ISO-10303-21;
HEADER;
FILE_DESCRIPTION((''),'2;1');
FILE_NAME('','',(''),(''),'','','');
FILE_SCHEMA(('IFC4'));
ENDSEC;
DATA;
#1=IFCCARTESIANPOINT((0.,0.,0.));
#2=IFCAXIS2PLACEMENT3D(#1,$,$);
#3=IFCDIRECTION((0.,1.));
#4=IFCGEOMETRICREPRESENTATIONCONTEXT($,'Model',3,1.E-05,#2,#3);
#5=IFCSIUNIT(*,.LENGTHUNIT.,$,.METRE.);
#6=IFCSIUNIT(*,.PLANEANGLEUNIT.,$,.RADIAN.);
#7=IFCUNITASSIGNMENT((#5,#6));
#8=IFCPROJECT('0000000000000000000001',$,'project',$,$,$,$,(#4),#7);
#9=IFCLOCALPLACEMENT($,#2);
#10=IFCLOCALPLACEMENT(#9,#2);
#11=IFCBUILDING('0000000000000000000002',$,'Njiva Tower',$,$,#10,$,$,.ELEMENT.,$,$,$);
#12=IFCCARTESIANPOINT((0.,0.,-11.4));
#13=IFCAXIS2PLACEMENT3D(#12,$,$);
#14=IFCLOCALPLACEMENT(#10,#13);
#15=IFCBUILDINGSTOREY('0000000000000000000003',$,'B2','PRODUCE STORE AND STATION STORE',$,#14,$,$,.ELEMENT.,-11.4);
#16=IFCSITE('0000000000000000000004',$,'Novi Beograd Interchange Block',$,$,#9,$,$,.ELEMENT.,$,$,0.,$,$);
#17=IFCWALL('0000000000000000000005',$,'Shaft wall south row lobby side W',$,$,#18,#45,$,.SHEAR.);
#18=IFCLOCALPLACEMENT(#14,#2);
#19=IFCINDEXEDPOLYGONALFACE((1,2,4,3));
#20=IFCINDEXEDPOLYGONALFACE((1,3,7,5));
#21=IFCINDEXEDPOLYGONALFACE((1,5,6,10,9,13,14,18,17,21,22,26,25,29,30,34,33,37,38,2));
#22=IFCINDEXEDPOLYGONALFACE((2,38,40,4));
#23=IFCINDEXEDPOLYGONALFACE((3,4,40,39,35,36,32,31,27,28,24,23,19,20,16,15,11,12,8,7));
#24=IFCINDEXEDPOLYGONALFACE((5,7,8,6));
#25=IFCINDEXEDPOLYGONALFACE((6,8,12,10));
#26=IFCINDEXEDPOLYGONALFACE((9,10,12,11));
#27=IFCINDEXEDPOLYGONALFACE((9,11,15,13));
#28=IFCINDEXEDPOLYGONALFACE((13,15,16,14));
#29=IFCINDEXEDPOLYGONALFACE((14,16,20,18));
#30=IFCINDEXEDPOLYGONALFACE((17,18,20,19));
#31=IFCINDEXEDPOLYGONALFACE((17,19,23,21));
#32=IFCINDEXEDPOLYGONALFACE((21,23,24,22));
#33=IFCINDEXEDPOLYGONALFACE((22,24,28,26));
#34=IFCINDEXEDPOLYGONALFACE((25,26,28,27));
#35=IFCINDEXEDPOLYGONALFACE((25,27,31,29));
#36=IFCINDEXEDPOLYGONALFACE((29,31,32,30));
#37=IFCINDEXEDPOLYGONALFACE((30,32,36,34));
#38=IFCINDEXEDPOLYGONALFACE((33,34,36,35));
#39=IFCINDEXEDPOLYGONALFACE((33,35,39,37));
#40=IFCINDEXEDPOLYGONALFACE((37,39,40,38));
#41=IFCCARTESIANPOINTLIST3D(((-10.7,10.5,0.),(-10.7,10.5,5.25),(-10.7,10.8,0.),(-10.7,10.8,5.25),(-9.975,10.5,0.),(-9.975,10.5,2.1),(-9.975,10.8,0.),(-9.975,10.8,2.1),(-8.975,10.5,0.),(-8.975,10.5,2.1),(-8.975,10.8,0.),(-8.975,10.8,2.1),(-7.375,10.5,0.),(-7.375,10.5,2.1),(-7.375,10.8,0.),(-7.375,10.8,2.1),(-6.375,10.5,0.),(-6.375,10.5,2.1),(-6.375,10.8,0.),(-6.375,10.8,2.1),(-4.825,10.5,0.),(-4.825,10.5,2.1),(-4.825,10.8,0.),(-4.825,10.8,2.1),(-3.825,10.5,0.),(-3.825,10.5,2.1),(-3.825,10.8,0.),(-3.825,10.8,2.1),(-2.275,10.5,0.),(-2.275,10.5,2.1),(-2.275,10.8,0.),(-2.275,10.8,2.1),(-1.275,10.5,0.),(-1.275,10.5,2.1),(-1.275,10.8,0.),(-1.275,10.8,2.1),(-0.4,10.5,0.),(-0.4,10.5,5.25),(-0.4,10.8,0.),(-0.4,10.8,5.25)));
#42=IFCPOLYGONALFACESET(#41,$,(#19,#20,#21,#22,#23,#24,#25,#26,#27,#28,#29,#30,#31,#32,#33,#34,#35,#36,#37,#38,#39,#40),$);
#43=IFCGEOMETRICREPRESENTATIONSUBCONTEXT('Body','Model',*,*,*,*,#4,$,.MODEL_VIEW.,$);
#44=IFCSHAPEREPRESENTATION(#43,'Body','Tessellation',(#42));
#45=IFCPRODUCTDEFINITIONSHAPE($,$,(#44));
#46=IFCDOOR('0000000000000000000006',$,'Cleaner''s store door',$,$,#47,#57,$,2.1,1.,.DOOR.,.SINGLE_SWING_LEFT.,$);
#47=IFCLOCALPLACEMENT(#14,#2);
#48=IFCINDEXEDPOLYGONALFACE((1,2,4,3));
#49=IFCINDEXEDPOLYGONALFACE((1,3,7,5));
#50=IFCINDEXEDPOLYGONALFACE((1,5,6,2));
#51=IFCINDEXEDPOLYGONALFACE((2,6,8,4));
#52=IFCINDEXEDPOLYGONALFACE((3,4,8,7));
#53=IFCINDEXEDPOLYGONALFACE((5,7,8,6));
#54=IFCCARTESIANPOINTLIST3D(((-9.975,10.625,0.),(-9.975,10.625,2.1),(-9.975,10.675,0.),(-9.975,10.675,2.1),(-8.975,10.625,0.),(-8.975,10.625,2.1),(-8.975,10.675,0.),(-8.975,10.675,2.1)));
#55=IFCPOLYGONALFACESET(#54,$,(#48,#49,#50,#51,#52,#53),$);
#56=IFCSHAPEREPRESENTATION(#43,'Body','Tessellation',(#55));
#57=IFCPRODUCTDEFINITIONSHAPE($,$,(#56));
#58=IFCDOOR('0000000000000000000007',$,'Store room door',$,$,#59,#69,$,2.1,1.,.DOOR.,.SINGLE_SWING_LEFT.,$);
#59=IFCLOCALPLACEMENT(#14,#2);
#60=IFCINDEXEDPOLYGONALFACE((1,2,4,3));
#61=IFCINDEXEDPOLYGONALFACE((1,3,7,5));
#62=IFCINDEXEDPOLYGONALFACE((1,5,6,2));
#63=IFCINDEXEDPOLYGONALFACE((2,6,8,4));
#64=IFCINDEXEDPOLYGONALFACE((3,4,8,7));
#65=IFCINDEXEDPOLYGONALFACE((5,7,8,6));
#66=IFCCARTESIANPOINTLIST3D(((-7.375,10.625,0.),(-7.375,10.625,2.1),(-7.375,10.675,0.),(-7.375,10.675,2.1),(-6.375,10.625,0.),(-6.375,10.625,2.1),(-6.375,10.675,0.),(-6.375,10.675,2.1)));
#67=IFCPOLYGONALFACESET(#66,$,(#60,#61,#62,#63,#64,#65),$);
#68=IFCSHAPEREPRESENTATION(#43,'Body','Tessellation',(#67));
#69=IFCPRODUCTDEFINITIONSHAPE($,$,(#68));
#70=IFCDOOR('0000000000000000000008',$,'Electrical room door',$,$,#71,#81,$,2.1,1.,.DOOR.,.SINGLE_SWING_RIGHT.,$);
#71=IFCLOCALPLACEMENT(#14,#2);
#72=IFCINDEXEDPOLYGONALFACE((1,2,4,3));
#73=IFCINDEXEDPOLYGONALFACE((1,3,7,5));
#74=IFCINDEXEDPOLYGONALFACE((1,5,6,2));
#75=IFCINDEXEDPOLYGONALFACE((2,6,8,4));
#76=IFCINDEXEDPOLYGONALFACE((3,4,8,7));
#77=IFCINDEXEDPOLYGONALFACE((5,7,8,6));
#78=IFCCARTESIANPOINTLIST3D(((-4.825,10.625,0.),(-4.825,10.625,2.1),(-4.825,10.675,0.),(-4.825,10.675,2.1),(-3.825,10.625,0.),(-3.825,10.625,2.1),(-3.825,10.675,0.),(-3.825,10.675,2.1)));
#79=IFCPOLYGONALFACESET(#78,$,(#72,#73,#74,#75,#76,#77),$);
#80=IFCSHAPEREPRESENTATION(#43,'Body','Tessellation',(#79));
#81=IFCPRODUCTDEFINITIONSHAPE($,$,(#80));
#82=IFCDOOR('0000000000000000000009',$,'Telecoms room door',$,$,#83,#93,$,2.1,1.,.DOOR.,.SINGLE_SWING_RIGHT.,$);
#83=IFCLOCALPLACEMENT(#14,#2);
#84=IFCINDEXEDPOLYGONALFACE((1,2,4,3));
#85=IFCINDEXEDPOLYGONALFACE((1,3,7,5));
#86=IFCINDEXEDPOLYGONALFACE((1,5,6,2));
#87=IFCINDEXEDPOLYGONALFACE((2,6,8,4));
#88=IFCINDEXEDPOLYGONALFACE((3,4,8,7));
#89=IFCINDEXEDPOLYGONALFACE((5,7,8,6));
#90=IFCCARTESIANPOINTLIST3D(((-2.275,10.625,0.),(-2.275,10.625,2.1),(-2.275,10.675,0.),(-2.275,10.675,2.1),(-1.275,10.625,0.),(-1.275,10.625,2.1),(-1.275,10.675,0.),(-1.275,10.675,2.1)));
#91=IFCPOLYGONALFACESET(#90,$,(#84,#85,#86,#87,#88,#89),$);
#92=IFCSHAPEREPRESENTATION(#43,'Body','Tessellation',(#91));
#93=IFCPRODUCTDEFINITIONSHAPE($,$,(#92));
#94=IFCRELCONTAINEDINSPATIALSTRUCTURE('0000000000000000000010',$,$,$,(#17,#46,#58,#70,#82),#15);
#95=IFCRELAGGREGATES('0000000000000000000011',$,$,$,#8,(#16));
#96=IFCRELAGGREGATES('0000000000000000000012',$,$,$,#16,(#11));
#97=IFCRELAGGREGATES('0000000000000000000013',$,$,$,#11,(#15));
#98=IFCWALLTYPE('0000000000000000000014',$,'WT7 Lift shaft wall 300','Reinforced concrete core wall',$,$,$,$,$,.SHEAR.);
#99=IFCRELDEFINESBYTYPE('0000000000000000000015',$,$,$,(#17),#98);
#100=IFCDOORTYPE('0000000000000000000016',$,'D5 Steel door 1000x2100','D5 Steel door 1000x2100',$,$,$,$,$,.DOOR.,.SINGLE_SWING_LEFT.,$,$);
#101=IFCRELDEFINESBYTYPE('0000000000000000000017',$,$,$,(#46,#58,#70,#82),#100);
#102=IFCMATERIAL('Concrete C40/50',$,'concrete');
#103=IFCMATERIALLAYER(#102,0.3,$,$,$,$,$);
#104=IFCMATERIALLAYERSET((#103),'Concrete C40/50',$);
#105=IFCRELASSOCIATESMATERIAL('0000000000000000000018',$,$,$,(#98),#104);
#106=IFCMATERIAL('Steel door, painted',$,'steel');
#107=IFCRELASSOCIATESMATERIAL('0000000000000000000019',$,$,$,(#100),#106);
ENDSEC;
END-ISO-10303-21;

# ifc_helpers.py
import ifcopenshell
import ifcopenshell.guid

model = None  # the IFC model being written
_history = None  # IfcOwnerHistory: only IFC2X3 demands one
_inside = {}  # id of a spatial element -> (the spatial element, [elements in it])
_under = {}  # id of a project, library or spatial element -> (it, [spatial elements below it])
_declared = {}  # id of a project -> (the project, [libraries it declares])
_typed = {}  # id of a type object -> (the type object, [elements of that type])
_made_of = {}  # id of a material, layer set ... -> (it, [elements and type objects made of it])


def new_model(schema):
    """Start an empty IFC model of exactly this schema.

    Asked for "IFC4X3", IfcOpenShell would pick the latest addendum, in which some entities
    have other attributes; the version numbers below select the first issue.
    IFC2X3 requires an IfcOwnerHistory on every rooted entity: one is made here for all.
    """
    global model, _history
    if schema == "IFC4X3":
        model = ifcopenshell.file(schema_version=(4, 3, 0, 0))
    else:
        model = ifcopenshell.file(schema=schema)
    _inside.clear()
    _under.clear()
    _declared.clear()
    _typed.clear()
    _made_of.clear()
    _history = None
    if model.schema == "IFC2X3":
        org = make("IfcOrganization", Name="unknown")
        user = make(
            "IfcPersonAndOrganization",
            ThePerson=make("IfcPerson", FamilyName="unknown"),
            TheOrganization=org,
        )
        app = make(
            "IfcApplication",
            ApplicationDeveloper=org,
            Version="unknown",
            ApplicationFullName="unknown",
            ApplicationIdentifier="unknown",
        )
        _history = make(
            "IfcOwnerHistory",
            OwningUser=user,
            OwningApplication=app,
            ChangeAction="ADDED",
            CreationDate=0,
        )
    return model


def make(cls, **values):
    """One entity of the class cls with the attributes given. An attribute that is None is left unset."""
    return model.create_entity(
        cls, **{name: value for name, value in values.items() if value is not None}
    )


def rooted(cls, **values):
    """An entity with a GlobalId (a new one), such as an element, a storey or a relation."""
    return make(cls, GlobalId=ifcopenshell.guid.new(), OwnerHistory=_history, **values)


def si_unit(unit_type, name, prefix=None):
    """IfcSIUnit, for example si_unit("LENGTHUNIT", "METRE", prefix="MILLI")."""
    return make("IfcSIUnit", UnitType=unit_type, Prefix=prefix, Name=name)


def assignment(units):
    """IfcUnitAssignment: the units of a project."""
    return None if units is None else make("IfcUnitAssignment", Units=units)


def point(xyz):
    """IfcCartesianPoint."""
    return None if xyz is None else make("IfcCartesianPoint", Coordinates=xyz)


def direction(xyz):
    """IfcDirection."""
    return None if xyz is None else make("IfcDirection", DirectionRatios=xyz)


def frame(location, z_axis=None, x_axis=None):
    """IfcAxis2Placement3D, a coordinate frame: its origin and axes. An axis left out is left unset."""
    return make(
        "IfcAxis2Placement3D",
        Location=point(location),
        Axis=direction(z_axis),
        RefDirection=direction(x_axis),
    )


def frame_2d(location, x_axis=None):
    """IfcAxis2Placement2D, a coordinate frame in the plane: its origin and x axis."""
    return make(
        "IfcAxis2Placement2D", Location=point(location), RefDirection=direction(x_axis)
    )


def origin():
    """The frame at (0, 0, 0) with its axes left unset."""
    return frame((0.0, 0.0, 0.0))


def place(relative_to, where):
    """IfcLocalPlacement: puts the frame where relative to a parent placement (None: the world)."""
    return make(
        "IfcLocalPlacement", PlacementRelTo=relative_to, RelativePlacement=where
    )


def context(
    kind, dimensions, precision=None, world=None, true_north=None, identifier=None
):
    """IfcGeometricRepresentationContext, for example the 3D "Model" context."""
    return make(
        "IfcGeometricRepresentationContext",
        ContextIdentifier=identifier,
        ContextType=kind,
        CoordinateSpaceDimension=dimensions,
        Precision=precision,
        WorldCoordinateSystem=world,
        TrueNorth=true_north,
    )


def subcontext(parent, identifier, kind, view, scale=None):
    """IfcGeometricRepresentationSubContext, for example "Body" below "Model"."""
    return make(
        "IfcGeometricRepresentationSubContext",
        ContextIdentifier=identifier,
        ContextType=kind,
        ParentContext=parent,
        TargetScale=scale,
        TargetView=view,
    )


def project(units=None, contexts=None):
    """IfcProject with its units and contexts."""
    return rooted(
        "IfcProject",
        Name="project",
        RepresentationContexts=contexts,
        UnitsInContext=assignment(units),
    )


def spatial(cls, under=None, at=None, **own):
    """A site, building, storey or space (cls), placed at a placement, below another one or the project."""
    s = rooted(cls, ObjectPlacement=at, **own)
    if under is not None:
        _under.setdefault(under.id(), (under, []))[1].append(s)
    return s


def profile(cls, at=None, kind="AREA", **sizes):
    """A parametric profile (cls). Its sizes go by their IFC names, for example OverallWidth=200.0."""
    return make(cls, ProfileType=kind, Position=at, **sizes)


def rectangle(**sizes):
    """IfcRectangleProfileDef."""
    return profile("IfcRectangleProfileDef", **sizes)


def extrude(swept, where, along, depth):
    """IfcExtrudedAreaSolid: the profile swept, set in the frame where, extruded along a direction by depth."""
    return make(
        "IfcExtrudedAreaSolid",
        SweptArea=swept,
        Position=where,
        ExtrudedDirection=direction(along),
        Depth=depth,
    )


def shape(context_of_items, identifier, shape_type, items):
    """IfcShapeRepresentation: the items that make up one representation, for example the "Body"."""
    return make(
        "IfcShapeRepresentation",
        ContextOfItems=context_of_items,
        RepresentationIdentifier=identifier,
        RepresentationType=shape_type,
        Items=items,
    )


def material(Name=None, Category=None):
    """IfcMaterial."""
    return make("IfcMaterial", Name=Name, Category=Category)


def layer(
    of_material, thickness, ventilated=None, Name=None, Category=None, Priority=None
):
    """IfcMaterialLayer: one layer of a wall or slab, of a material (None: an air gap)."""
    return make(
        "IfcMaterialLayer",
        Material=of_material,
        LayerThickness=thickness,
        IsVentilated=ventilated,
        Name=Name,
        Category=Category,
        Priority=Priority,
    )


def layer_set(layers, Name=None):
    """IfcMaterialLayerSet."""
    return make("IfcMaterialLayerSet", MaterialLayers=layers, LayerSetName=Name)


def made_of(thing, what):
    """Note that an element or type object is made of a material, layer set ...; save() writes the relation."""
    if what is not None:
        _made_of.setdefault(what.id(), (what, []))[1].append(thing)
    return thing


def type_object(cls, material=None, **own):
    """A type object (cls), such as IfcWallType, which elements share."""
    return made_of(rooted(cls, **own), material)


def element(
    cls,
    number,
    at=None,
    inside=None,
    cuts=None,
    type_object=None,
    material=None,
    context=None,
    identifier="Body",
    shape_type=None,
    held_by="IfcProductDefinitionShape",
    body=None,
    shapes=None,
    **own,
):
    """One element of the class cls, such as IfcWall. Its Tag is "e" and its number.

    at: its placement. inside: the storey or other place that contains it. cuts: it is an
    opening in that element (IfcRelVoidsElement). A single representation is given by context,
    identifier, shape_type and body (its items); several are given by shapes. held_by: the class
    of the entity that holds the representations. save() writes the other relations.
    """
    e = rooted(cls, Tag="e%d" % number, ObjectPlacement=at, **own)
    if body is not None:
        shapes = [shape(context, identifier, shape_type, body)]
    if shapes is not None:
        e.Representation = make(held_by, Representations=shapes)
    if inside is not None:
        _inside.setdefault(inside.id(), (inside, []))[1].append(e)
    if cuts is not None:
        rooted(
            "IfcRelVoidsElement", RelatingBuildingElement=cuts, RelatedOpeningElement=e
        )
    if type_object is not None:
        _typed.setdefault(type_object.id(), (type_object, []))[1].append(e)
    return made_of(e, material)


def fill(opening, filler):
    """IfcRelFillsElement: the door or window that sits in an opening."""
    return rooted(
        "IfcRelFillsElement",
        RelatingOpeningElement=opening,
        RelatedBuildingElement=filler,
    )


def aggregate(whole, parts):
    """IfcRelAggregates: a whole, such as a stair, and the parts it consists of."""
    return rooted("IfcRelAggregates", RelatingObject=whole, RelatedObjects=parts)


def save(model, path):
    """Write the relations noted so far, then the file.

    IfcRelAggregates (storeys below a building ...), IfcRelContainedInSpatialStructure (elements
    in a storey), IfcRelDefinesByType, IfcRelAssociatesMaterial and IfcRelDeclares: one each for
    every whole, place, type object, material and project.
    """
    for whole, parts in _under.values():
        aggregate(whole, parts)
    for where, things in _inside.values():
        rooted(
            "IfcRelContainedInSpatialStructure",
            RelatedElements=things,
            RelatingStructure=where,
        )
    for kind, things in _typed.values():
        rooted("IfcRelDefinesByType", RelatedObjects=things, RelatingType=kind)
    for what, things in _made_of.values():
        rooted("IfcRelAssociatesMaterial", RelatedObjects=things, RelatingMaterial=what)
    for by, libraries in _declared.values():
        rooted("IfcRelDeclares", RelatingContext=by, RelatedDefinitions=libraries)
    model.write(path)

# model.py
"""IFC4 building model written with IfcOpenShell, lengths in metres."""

from ifc_helpers import new_model, si_unit, direction, frame, frame_2d, origin, place, context, subcontext, project, spatial, rectangle, extrude, material, layer, layer_set, type_object, element, fill, save


model = new_model("IFC4")

# Units and contexts
model_context = context("Model", 3, precision=1e-05, world=origin(), true_north=direction((0.0, 1.0)))
body_context = subcontext(model_context, "Body", "Model", "MODEL_VIEW")
ifc_project = project(units=[si_unit("LENGTHUNIT", "METRE"), si_unit("PLANEANGLEUNIT", "RADIAN")], contexts=[model_context])

# Site, building, storey
site_placement = place(None, origin())
site = spatial("IfcSite", under=ifc_project, at=site_placement, Name="Novi Beograd Interchange Block", CompositionType="ELEMENT", RefElevation=0.0)
building_placement = place(site_placement, origin())
building = spatial("IfcBuilding", under=site, at=building_placement, Name="Njiva Tower", CompositionType="ELEMENT")
storey_placement = place(building_placement, frame((0.0, 0.0, -11.4)))
storey = spatial("IfcBuildingStorey", under=building, at=storey_placement, Name="B2", Description="PRODUCE STORE AND STATION STORE", CompositionType="ELEMENT", Elevation=-11.4)

# Shared definitions
ifc_material_1 = material(Name="Concrete C40/50", Category="concrete")

# Wall, openings, doors
ifc_layer_1 = layer(ifc_material_1, 0.3)
ifc_layer_set_1 = layer_set([ifc_layer_1], Name="Concrete C40/50")
wall_type_1 = type_object("IfcWallType", Name="WT7 Lift shaft wall 300", Description="Reinforced concrete core wall", PredefinedType="SHEAR", material=ifc_layer_set_1)
ifc_material_2 = material(Name="Steel door, painted", Category="steel")
door_type_1 = type_object("IfcDoorType", Name="D5 Steel door 1000x2100", Description="D5 Steel door 1000x2100", OperationType="SINGLE_SWING_LEFT", PredefinedType="DOOR", material=ifc_material_2)
wall_1_placement = place(storey_placement, frame((-10.7, 10.65, 0.0), z_axis=(0.0, 0.0, 1.0), x_axis=(1.0, 0.0, 0.0)))
wall_1 = element("IfcWall", 1, at=wall_1_placement, inside=storey, type_object=wall_type_1, Name="Shaft wall south row lobby side W", PredefinedType="SHEAR", context=body_context, shape_type="SweptSolid", body=[
    extrude(rectangle(XDim=10.3, YDim=0.3, at=frame_2d((5.15, 0.0))), origin(), (0.0, 0.0, 1.0), 5.25),
])
opening_1_placement = place(wall_1_placement, frame((0.725, 0.0, 0.0)))
opening_1 = element("IfcOpeningElement", 2, at=opening_1_placement, cuts=wall_1, PredefinedType="OPENING", context=body_context, shape_type="SweptSolid", body=[
    extrude(rectangle(XDim=1.0, YDim=2.1, at=frame_2d((0.5, 1.05))), frame((0.0, 0.16, 0.0), z_axis=(0.0, -1.0, 0.0), x_axis=(1.0, 0.0, 0.0)), (0.0, 0.0, 1.0), 0.32),
])
opening_2_placement = place(wall_1_placement, frame((3.325, 0.0, 0.0)))
opening_2 = element("IfcOpeningElement", 3, at=opening_2_placement, cuts=wall_1, PredefinedType="OPENING", context=body_context, shape_type="SweptSolid", body=[
    extrude(rectangle(XDim=1.0, YDim=2.1, at=frame_2d((0.5, 1.05))), frame((0.0, 0.16, 0.0), z_axis=(0.0, -1.0, 0.0), x_axis=(1.0, 0.0, 0.0)), (0.0, 0.0, 1.0), 0.32),
])
opening_3_placement = place(wall_1_placement, frame((5.875, 0.0, 0.0)))
opening_3 = element("IfcOpeningElement", 4, at=opening_3_placement, cuts=wall_1, PredefinedType="OPENING", context=body_context, shape_type="SweptSolid", body=[
    extrude(rectangle(XDim=1.0, YDim=2.1, at=frame_2d((0.5, 1.05))), frame((0.0, 0.16, 0.0), z_axis=(0.0, -1.0, 0.0), x_axis=(1.0, 0.0, 0.0)), (0.0, 0.0, 1.0), 0.32),
])
opening_4_placement = place(wall_1_placement, frame((8.425, 0.0, 0.0)))
opening_4 = element("IfcOpeningElement", 5, at=opening_4_placement, cuts=wall_1, PredefinedType="OPENING", context=body_context, shape_type="SweptSolid", body=[
    extrude(rectangle(XDim=1.0, YDim=2.1, at=frame_2d((0.5, 1.05))), frame((0.0, 0.16, 0.0), z_axis=(0.0, -1.0, 0.0), x_axis=(1.0, 0.0, 0.0)), (0.0, 0.0, 1.0), 0.32),
])
door_1_placement = place(opening_1_placement, origin())
door_1 = element("IfcDoor", 6, at=door_1_placement, inside=storey, type_object=door_type_1, Name="Cleaner's store door", OperationType="SINGLE_SWING_LEFT", OverallHeight=2.1, OverallWidth=1.0, PredefinedType="DOOR", context=body_context, shape_type="SweptSolid", body=[
    extrude(rectangle(XDim=1.0, YDim=2.1, at=frame_2d((0.5, 1.05))), frame((0.0, 0.025, 0.0), z_axis=(0.0, -1.0, 0.0), x_axis=(1.0, 0.0, 0.0)), (0.0, 0.0, 1.0), 0.05),
])
fill(opening_1, door_1)
door_2_placement = place(opening_2_placement, origin())
door_2 = element("IfcDoor", 7, at=door_2_placement, inside=storey, type_object=door_type_1, Name="Store room door", OperationType="SINGLE_SWING_LEFT", OverallHeight=2.1, OverallWidth=1.0, PredefinedType="DOOR", context=body_context, shape_type="SweptSolid", body=[
    extrude(rectangle(XDim=1.0, YDim=2.1, at=frame_2d((0.5, 1.05))), frame((0.0, 0.025, 0.0), z_axis=(0.0, -1.0, 0.0), x_axis=(1.0, 0.0, 0.0)), (0.0, 0.0, 1.0), 0.05),
])
fill(opening_2, door_2)
door_3_placement = place(opening_3_placement, origin())
door_3 = element("IfcDoor", 8, at=door_3_placement, inside=storey, type_object=door_type_1, Name="Electrical room door", OperationType="SINGLE_SWING_RIGHT", OverallHeight=2.1, OverallWidth=1.0, PredefinedType="DOOR", context=body_context, shape_type="SweptSolid", body=[
    extrude(rectangle(XDim=1.0, YDim=2.1, at=frame_2d((0.5, 1.05))), frame((0.0, 0.025, 0.0), z_axis=(0.0, -1.0, 0.0), x_axis=(1.0, 0.0, 0.0)), (0.0, 0.0, 1.0), 0.05),
])
fill(opening_3, door_3)
door_4_placement = place(opening_4_placement, origin())
door_4 = element("IfcDoor", 9, at=door_4_placement, inside=storey, type_object=door_type_1, Name="Telecoms room door", OperationType="SINGLE_SWING_RIGHT", OverallHeight=2.1, OverallWidth=1.0, PredefinedType="DOOR", context=body_context, shape_type="SweptSolid", body=[
    extrude(rectangle(XDim=1.0, YDim=2.1, at=frame_2d((0.5, 1.05))), frame((0.0, 0.025, 0.0), z_axis=(0.0, -1.0, 0.0), x_axis=(1.0, 0.0, 0.0)), (0.0, 0.0, 1.0), 0.05),
])
fill(opening_4, door_4)

save(model, "model.ifc")
